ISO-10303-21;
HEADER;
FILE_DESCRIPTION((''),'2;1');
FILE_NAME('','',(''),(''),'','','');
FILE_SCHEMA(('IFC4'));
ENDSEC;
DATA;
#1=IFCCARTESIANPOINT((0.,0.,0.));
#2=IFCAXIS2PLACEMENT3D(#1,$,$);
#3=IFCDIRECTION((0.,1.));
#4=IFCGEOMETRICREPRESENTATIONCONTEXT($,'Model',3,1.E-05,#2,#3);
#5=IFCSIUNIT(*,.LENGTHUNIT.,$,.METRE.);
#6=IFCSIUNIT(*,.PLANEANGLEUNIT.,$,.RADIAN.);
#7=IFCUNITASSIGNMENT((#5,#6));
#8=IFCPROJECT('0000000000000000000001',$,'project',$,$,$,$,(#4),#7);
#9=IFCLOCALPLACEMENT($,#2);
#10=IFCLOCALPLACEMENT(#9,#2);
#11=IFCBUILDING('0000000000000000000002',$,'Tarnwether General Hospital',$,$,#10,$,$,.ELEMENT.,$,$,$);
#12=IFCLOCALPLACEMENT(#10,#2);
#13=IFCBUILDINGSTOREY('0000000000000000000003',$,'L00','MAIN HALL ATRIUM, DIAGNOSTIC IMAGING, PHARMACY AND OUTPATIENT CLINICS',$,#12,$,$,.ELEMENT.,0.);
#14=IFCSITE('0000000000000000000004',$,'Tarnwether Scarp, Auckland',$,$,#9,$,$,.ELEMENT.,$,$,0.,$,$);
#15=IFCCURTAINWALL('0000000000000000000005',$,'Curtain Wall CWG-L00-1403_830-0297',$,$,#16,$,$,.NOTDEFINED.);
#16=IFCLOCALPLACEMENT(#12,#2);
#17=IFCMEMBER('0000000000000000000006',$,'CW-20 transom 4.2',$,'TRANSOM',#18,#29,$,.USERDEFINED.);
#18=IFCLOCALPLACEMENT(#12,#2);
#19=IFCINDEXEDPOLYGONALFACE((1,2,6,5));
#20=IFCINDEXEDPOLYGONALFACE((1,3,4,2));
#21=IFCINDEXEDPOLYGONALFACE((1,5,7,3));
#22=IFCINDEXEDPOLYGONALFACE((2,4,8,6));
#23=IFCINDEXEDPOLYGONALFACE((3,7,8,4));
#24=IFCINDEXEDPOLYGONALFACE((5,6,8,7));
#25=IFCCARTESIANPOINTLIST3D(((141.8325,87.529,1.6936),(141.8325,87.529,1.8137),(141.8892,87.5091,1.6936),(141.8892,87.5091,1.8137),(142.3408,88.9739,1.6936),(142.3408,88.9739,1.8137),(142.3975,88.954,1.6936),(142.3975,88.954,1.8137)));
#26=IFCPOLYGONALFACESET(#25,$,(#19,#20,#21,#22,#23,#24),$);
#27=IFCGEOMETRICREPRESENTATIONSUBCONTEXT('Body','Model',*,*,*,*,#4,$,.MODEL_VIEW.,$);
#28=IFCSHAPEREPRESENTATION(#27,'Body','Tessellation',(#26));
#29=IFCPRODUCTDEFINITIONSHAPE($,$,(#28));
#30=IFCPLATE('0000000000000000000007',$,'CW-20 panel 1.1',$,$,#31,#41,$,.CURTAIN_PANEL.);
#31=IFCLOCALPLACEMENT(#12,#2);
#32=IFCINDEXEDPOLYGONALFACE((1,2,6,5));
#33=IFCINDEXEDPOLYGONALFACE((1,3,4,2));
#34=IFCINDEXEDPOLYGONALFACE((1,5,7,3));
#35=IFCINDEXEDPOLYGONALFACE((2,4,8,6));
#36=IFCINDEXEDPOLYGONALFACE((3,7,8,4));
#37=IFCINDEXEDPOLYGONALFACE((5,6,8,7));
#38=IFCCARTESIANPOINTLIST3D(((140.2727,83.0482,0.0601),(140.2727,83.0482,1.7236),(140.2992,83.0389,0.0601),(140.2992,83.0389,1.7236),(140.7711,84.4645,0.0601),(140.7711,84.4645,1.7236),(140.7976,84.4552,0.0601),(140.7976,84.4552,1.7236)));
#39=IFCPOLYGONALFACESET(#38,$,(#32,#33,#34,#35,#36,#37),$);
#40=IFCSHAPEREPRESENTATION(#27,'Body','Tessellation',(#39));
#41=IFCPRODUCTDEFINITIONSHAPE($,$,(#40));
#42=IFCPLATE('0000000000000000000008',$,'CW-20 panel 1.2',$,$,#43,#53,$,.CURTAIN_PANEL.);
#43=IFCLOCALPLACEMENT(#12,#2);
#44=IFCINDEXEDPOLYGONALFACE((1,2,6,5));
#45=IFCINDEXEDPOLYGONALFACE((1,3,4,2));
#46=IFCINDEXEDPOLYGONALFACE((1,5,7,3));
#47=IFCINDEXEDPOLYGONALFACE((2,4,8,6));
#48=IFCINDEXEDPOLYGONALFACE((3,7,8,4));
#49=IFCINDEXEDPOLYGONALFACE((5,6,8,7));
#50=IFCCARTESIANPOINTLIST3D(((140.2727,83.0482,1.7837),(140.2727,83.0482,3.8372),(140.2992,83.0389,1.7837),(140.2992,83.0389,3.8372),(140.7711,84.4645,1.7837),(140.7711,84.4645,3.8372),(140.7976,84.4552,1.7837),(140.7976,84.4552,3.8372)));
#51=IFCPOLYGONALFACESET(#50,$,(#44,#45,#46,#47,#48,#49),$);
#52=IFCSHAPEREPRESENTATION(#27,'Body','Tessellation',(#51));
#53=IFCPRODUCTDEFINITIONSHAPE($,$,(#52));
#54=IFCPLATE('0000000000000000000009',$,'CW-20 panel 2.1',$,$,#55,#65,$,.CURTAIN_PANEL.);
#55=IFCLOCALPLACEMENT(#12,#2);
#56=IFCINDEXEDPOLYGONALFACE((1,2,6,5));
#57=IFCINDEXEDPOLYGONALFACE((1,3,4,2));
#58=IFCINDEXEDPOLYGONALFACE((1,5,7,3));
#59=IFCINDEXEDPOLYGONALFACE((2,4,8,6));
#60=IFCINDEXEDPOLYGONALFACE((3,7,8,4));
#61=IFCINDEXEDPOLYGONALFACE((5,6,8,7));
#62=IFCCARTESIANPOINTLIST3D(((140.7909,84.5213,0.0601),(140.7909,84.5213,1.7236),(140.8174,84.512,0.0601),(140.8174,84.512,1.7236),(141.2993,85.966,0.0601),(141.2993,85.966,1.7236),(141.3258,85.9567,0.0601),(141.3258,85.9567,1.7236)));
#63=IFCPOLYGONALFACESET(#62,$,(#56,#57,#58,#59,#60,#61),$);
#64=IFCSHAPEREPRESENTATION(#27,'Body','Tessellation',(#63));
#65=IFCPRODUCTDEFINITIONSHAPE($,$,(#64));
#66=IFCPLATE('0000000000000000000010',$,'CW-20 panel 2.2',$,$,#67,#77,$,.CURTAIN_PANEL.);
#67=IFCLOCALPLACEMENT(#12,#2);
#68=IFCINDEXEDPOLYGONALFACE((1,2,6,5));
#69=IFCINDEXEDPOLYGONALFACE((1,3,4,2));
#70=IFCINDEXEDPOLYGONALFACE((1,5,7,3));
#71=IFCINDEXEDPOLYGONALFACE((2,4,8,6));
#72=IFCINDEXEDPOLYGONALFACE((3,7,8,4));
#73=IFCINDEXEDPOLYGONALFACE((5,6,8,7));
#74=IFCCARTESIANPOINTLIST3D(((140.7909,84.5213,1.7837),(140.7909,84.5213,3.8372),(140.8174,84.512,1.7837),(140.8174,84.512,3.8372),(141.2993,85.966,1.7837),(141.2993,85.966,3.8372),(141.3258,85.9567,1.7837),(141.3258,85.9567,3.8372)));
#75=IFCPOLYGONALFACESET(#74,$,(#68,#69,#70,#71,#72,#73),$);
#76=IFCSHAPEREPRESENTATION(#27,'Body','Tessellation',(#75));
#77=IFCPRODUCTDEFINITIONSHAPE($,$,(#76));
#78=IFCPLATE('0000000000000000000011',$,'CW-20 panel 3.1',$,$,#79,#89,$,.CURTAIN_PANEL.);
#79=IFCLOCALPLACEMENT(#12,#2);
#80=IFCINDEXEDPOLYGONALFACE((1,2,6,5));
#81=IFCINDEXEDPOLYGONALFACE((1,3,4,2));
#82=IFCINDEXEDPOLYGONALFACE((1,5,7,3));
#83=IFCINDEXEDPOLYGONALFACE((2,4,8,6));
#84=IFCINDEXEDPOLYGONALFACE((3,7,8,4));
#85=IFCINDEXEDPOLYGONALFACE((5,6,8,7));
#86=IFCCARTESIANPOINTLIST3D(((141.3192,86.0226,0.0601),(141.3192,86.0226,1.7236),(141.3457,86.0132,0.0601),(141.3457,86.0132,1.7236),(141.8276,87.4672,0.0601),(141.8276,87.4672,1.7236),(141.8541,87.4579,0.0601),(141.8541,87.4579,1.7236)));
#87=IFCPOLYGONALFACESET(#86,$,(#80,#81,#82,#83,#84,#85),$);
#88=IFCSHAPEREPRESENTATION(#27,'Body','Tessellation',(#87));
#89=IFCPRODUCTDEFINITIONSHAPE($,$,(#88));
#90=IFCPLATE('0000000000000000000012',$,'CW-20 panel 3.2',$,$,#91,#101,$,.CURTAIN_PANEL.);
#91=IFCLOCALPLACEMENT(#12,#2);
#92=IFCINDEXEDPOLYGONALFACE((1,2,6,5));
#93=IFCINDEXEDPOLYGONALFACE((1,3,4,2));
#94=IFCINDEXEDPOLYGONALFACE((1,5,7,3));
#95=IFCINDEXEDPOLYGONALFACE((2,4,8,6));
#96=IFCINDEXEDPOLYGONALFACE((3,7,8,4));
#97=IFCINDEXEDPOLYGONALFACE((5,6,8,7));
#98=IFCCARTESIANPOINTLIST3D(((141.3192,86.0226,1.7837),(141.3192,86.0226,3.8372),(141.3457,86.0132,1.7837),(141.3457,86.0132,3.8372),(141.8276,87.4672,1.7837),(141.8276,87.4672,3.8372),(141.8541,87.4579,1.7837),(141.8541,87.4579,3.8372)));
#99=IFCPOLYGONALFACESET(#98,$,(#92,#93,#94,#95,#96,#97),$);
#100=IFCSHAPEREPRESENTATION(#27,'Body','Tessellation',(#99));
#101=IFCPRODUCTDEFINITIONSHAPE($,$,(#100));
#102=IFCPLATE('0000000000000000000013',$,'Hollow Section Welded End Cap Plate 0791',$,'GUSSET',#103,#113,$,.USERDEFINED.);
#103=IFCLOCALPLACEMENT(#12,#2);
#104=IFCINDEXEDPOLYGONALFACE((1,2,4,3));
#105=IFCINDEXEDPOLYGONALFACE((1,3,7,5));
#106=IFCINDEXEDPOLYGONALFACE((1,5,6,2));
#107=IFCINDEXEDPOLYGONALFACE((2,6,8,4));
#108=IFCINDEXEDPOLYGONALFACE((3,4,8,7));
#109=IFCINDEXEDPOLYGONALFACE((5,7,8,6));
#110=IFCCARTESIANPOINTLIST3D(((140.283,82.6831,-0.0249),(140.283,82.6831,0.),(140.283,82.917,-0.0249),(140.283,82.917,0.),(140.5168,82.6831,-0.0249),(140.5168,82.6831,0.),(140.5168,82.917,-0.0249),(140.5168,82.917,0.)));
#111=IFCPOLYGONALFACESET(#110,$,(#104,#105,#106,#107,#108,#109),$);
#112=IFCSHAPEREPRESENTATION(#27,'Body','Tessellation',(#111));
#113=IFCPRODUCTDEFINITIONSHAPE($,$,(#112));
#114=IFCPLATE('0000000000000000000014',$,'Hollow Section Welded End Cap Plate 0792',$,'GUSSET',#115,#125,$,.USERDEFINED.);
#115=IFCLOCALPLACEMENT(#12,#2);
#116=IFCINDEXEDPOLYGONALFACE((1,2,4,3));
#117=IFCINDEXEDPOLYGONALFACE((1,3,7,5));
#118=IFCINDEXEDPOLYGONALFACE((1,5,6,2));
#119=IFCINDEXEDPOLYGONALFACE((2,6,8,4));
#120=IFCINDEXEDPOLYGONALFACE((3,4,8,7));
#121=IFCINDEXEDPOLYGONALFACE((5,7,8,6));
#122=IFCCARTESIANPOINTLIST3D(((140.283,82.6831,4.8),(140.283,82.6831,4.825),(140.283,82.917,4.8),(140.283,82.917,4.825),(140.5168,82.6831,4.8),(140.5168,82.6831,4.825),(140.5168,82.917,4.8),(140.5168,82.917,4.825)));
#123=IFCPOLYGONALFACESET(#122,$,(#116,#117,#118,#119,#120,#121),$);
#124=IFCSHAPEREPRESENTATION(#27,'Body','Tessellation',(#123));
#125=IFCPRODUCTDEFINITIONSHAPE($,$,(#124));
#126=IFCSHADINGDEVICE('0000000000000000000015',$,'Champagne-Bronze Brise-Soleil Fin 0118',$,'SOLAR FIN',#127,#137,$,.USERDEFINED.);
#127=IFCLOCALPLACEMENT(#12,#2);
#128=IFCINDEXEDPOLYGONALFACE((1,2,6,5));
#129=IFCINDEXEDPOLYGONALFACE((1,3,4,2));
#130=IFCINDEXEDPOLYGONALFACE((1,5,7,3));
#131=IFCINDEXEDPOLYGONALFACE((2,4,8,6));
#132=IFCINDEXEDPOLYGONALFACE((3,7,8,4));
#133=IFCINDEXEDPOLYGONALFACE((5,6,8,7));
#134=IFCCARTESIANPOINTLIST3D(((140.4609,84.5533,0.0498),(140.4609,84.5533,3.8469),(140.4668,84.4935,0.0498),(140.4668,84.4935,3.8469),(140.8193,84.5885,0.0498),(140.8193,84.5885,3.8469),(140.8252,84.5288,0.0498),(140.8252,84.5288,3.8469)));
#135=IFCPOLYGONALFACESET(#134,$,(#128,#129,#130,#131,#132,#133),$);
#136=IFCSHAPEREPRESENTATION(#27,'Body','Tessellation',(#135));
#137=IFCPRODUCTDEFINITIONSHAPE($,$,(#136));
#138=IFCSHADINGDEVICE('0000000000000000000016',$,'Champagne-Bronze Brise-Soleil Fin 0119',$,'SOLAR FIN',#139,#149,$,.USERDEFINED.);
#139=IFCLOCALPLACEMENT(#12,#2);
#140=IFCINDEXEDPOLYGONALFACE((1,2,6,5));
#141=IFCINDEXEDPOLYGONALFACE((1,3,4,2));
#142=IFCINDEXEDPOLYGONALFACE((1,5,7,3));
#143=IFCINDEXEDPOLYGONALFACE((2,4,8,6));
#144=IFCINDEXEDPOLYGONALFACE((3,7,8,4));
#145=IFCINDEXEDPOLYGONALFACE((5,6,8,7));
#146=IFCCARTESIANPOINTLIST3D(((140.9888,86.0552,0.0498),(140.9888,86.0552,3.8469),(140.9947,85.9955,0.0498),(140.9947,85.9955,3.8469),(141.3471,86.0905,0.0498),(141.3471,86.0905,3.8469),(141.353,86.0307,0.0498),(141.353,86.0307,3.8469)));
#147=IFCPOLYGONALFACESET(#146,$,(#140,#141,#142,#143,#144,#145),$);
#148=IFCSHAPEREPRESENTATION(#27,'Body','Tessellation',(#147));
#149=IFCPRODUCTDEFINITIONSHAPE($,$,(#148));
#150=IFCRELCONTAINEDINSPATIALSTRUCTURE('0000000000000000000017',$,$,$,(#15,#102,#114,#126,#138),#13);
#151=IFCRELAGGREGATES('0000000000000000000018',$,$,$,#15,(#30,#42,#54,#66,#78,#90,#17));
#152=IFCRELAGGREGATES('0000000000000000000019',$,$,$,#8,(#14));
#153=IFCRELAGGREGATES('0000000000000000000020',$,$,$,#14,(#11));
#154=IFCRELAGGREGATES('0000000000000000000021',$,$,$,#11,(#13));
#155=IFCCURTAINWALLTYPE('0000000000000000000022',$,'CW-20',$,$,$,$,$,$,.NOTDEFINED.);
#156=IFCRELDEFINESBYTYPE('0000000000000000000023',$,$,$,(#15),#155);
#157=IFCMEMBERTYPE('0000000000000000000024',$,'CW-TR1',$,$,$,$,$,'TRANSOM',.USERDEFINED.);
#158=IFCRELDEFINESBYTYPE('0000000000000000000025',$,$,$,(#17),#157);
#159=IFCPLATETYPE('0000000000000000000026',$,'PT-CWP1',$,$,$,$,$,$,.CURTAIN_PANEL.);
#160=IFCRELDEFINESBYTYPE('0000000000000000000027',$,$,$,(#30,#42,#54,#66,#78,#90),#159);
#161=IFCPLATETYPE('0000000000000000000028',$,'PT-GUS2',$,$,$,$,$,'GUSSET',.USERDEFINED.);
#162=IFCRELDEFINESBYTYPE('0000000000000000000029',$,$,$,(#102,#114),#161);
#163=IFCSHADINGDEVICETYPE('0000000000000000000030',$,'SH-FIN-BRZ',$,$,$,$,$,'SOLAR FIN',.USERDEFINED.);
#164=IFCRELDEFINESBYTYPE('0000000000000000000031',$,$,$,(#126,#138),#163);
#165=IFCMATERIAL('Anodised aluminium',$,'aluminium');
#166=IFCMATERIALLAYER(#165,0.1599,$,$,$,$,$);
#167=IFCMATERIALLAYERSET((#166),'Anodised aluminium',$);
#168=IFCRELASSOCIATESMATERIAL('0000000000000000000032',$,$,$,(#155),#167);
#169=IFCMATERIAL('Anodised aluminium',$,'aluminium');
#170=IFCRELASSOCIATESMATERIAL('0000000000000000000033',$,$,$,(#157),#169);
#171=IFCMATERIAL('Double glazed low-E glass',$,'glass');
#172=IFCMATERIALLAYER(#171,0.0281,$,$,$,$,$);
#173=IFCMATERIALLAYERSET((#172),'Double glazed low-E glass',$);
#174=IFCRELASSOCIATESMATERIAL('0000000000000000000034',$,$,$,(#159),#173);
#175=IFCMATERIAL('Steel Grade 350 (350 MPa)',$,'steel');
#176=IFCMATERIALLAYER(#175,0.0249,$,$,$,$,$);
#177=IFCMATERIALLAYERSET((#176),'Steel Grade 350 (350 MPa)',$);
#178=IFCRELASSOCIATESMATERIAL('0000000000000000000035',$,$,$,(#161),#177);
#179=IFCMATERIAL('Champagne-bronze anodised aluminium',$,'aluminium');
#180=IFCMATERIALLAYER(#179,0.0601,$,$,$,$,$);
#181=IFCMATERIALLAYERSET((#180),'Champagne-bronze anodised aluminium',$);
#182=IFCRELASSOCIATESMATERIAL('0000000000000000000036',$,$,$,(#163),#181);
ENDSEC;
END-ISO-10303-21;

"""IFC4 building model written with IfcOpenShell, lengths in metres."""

from ifc_helpers import new_model, si_unit, direction, frame, origin, origin_2d, place, context, subcontext, project, spatial, rectangle, extrude, material, layer, layer_set, material_profile, profile_set, type_object, element, aggregate, save


model = new_model("IFC4")

# Units and contexts
model_context = context("Model", 3, precision=1e-05, world=origin(), true_north=direction((0.0, 1.0)))
body_context = subcontext(model_context, "Body", "Model", "MODEL_VIEW")
ifc_project = project(units=[si_unit("LENGTHUNIT", "METRE"), si_unit("PLANEANGLEUNIT", "RADIAN")], contexts=[model_context])

# Site, building, storey
site_placement = place(None, origin())
site = spatial("IfcSite", under=ifc_project, at=site_placement, Name="Tarnwether Scarp, Auckland", CompositionType="ELEMENT", RefElevation=0.0)
building_placement = place(site_placement, origin())
building = spatial("IfcBuilding", under=site, at=building_placement, Name="Tarnwether General Hospital", CompositionType="ELEMENT")
storey_placement = place(building_placement, origin())
storey = spatial("IfcBuildingStorey", under=building, at=storey_placement, Name="L00", Description="MAIN HALL ATRIUM, DIAGNOSTIC IMAGING, PHARMACY AND OUTPATIENT CLINICS", CompositionType="ELEMENT", Elevation=0.0)

# Curtain wall, member, plates
ifc_material_1 = material(Name="Anodised aluminium", Category="aluminium")
ifc_layer_1 = layer(ifc_material_1, 0.1599)
ifc_layer_set_1 = layer_set([ifc_layer_1], Name="Anodised aluminium")
curtain_wall_type = type_object("IfcCurtainWallType", Name="CW-20", PredefinedType="NOTDEFINED", material=ifc_layer_set_1)
curtain_wall_placement = place(storey_placement, origin())
curtain_wall = element("IfcCurtainWall", 1, at=curtain_wall_placement, inside=storey, type_object=curtain_wall_type, Name="Curtain Wall CWG-L00-1403_830-0297", PredefinedType="NOTDEFINED")
ifc_material_2 = material(Name="Anodised aluminium", Category="aluminium")
ifc_material_profile_1 = material_profile(ifc_material_2, rectangle(XDim=0.0601, YDim=0.1201, at=origin_2d()), Name="ALU-TRN-60x120")
ifc_profile_set_1 = profile_set([ifc_material_profile_1], Name="Anodised aluminium")
member_type_1 = type_object("IfcMemberType", Name="CW-TR1", ElementType="TRANSOM", PredefinedType="USERDEFINED", material=ifc_profile_set_1)
member_1_placement = place(storey_placement, frame((141.8608, 87.519, 1.7537), z_axis=(0.331869, 0.943325, 0.0), x_axis=(-0.943325, 0.331869, 0.0)))
member_1 = element("IfcMember", 2, at=member_1_placement, type_object=member_type_1, Name="CW-20 transom 4.2", ObjectType="TRANSOM", PredefinedType="USERDEFINED", context=body_context, shape_type="SweptSolid", body=[
    extrude(rectangle(XDim=0.0601, YDim=0.1201, at=origin_2d()), origin(), (0.0, 0.0, 1.0), 1.5317),
])
ifc_material_3 = material(Name="Double glazed low-E glass", Category="glass")
ifc_layer_2 = layer(ifc_material_3, 0.0281)
ifc_layer_set_2 = layer_set([ifc_layer_2], Name="Double glazed low-E glass")
plate_type_1 = type_object("IfcPlateType", Name="PT-CWP1", PredefinedType="CURTAIN_PANEL", material=ifc_layer_set_2)
plate_1_placement = place(storey_placement, frame((140.5352, 83.7517, 0.0601), z_axis=(0.0, 0.0, 1.0), x_axis=(0.331937, 0.943301, 0.0)))
plate_1 = element("IfcPlate", 3, at=plate_1_placement, type_object=plate_type_1, Name="CW-20 panel 1.1", PredefinedType="CURTAIN_PANEL", context=body_context, shape_type="SweptSolid", body=[
    extrude(rectangle(XDim=1.5015, YDim=0.0281, at=origin_2d()), origin(), (0.0, 0.0, 1.0), 1.6636),
])
plate_2_placement = place(storey_placement, frame((140.5352, 83.7517, 1.7837), z_axis=(0.0, 0.0, 1.0), x_axis=(0.331937, 0.943301, 0.0)))
plate_2 = element("IfcPlate", 4, at=plate_2_placement, type_object=plate_type_1, Name="CW-20 panel 1.2", PredefinedType="CURTAIN_PANEL", context=body_context, shape_type="SweptSolid", body=[
    extrude(rectangle(XDim=1.5015, YDim=0.0281, at=origin_2d()), origin(), (0.0, 0.0, 1.0), 2.0535),
])
plate_3_placement = place(storey_placement, frame((141.0583, 85.239, 0.0601), z_axis=(0.0, 0.0, 1.0), x_axis=(0.331937, 0.943301, 0.0)))
plate_3 = element("IfcPlate", 5, at=plate_3_placement, type_object=plate_type_1, Name="CW-20 panel 2.1", PredefinedType="CURTAIN_PANEL", context=body_context, shape_type="SweptSolid", body=[
    extrude(rectangle(XDim=1.5315, YDim=0.0281, at=origin_2d()), origin(), (0.0, 0.0, 1.0), 1.6636),
])
plate_4_placement = place(storey_placement, frame((141.0583, 85.239, 1.7837), z_axis=(0.0, 0.0, 1.0), x_axis=(0.331937, 0.943301, 0.0)))
plate_4 = element("IfcPlate", 6, at=plate_4_placement, type_object=plate_type_1, Name="CW-20 panel 2.2", PredefinedType="CURTAIN_PANEL", context=body_context, shape_type="SweptSolid", body=[
    extrude(rectangle(XDim=1.5315, YDim=0.0281, at=origin_2d()), origin(), (0.0, 0.0, 1.0), 2.0535),
])
plate_5_placement = place(storey_placement, frame((141.5867, 86.7402, 0.0601), z_axis=(0.0, 0.0, 1.0), x_axis=(0.331937, 0.943301, 0.0)))
plate_5 = element("IfcPlate", 7, at=plate_5_placement, type_object=plate_type_1, Name="CW-20 panel 3.1", PredefinedType="CURTAIN_PANEL", context=body_context, shape_type="SweptSolid", body=[
    extrude(rectangle(XDim=1.5315, YDim=0.0281, at=origin_2d()), origin(), (0.0, 0.0, 1.0), 1.6636),
])
plate_6_placement = place(storey_placement, frame((141.5867, 86.7402, 1.7837), z_axis=(0.0, 0.0, 1.0), x_axis=(0.331937, 0.943301, 0.0)))
plate_6 = element("IfcPlate", 8, at=plate_6_placement, type_object=plate_type_1, Name="CW-20 panel 3.2", PredefinedType="CURTAIN_PANEL", context=body_context, shape_type="SweptSolid", body=[
    extrude(rectangle(XDim=1.5315, YDim=0.0281, at=origin_2d()), origin(), (0.0, 0.0, 1.0), 2.0535),
])
aggregate(curtain_wall, [plate_1, plate_2, plate_3, plate_4, plate_5, plate_6, member_1])

# Plates
ifc_material_4 = material(Name="Steel Grade 350 (350 MPa)", Category="steel")
ifc_layer_3 = layer(ifc_material_4, 0.0249)
ifc_layer_set_3 = layer_set([ifc_layer_3], Name="Steel Grade 350 (350 MPa)")
plate_type_2 = type_object("IfcPlateType", Name="PT-GUS2", ElementType="GUSSET", PredefinedType="USERDEFINED", material=ifc_layer_set_3)
for number, where, z_axis, x_axis, name in (
    (9, (140.3999, 82.8, -0.0249), (0.0, 0.0, 1.0), (1.0, 0.0, 0.0), "Hollow Section Welded End Cap Plate 0791"),
    (10, (140.3999, 82.8, 4.8), (0.0, 0.0, 1.0), (1.0, 0.0, 0.0), "Hollow Section Welded End Cap Plate 0792"),
):
    element("IfcPlate", number, at=place(storey_placement, frame(where, z_axis=z_axis, x_axis=x_axis)), inside=storey, type_object=plate_type_2, Name=name, ObjectType="GUSSET", PredefinedType="USERDEFINED", context=body_context, shape_type="SweptSolid", body=[
        extrude(rectangle(XDim=0.2339, YDim=0.2339, at=origin_2d()), origin(), (0.0, 0.0, 1.0), 0.0249),
    ])

# Shading devices
ifc_material_5 = material(Name="Champagne-bronze anodised aluminium", Category="aluminium")
ifc_layer_4 = layer(ifc_material_5, 0.0601)
ifc_layer_set_4 = layer_set([ifc_layer_4], Name="Champagne-bronze anodised aluminium")
shading_device_type = type_object("IfcShadingDeviceType", Name="SH-FIN-BRZ", ElementType="SOLAR FIN", PredefinedType="USERDEFINED", material=ifc_layer_set_4)
for number, where, z_axis, x_axis, name in (
    (11, (140.6431, 84.541, 0.0498), (0.0, 0.0, 1.0), (-0.09793, 0.995193, 0.0), "Champagne-Bronze Brise-Soleil Fin 0118"),
    (12, (141.1709, 86.043, 0.0498), (0.0, 0.0, 1.0), (-0.09793, 0.995193, 0.0), "Champagne-Bronze Brise-Soleil Fin 0119"),
):
    element("IfcShadingDevice", number, at=place(storey_placement, frame(where, z_axis=z_axis, x_axis=x_axis)), inside=storey, type_object=shading_device_type, Name=name, ObjectType="SOLAR FIN", PredefinedType="USERDEFINED", context=body_context, shape_type="SweptSolid", body=[
        extrude(rectangle(XDim=0.0601, YDim=0.3601, at=origin_2d()), origin(), (0.0, 0.0, 1.0), 3.7971),
    ])

save(model, "model.ifc")
